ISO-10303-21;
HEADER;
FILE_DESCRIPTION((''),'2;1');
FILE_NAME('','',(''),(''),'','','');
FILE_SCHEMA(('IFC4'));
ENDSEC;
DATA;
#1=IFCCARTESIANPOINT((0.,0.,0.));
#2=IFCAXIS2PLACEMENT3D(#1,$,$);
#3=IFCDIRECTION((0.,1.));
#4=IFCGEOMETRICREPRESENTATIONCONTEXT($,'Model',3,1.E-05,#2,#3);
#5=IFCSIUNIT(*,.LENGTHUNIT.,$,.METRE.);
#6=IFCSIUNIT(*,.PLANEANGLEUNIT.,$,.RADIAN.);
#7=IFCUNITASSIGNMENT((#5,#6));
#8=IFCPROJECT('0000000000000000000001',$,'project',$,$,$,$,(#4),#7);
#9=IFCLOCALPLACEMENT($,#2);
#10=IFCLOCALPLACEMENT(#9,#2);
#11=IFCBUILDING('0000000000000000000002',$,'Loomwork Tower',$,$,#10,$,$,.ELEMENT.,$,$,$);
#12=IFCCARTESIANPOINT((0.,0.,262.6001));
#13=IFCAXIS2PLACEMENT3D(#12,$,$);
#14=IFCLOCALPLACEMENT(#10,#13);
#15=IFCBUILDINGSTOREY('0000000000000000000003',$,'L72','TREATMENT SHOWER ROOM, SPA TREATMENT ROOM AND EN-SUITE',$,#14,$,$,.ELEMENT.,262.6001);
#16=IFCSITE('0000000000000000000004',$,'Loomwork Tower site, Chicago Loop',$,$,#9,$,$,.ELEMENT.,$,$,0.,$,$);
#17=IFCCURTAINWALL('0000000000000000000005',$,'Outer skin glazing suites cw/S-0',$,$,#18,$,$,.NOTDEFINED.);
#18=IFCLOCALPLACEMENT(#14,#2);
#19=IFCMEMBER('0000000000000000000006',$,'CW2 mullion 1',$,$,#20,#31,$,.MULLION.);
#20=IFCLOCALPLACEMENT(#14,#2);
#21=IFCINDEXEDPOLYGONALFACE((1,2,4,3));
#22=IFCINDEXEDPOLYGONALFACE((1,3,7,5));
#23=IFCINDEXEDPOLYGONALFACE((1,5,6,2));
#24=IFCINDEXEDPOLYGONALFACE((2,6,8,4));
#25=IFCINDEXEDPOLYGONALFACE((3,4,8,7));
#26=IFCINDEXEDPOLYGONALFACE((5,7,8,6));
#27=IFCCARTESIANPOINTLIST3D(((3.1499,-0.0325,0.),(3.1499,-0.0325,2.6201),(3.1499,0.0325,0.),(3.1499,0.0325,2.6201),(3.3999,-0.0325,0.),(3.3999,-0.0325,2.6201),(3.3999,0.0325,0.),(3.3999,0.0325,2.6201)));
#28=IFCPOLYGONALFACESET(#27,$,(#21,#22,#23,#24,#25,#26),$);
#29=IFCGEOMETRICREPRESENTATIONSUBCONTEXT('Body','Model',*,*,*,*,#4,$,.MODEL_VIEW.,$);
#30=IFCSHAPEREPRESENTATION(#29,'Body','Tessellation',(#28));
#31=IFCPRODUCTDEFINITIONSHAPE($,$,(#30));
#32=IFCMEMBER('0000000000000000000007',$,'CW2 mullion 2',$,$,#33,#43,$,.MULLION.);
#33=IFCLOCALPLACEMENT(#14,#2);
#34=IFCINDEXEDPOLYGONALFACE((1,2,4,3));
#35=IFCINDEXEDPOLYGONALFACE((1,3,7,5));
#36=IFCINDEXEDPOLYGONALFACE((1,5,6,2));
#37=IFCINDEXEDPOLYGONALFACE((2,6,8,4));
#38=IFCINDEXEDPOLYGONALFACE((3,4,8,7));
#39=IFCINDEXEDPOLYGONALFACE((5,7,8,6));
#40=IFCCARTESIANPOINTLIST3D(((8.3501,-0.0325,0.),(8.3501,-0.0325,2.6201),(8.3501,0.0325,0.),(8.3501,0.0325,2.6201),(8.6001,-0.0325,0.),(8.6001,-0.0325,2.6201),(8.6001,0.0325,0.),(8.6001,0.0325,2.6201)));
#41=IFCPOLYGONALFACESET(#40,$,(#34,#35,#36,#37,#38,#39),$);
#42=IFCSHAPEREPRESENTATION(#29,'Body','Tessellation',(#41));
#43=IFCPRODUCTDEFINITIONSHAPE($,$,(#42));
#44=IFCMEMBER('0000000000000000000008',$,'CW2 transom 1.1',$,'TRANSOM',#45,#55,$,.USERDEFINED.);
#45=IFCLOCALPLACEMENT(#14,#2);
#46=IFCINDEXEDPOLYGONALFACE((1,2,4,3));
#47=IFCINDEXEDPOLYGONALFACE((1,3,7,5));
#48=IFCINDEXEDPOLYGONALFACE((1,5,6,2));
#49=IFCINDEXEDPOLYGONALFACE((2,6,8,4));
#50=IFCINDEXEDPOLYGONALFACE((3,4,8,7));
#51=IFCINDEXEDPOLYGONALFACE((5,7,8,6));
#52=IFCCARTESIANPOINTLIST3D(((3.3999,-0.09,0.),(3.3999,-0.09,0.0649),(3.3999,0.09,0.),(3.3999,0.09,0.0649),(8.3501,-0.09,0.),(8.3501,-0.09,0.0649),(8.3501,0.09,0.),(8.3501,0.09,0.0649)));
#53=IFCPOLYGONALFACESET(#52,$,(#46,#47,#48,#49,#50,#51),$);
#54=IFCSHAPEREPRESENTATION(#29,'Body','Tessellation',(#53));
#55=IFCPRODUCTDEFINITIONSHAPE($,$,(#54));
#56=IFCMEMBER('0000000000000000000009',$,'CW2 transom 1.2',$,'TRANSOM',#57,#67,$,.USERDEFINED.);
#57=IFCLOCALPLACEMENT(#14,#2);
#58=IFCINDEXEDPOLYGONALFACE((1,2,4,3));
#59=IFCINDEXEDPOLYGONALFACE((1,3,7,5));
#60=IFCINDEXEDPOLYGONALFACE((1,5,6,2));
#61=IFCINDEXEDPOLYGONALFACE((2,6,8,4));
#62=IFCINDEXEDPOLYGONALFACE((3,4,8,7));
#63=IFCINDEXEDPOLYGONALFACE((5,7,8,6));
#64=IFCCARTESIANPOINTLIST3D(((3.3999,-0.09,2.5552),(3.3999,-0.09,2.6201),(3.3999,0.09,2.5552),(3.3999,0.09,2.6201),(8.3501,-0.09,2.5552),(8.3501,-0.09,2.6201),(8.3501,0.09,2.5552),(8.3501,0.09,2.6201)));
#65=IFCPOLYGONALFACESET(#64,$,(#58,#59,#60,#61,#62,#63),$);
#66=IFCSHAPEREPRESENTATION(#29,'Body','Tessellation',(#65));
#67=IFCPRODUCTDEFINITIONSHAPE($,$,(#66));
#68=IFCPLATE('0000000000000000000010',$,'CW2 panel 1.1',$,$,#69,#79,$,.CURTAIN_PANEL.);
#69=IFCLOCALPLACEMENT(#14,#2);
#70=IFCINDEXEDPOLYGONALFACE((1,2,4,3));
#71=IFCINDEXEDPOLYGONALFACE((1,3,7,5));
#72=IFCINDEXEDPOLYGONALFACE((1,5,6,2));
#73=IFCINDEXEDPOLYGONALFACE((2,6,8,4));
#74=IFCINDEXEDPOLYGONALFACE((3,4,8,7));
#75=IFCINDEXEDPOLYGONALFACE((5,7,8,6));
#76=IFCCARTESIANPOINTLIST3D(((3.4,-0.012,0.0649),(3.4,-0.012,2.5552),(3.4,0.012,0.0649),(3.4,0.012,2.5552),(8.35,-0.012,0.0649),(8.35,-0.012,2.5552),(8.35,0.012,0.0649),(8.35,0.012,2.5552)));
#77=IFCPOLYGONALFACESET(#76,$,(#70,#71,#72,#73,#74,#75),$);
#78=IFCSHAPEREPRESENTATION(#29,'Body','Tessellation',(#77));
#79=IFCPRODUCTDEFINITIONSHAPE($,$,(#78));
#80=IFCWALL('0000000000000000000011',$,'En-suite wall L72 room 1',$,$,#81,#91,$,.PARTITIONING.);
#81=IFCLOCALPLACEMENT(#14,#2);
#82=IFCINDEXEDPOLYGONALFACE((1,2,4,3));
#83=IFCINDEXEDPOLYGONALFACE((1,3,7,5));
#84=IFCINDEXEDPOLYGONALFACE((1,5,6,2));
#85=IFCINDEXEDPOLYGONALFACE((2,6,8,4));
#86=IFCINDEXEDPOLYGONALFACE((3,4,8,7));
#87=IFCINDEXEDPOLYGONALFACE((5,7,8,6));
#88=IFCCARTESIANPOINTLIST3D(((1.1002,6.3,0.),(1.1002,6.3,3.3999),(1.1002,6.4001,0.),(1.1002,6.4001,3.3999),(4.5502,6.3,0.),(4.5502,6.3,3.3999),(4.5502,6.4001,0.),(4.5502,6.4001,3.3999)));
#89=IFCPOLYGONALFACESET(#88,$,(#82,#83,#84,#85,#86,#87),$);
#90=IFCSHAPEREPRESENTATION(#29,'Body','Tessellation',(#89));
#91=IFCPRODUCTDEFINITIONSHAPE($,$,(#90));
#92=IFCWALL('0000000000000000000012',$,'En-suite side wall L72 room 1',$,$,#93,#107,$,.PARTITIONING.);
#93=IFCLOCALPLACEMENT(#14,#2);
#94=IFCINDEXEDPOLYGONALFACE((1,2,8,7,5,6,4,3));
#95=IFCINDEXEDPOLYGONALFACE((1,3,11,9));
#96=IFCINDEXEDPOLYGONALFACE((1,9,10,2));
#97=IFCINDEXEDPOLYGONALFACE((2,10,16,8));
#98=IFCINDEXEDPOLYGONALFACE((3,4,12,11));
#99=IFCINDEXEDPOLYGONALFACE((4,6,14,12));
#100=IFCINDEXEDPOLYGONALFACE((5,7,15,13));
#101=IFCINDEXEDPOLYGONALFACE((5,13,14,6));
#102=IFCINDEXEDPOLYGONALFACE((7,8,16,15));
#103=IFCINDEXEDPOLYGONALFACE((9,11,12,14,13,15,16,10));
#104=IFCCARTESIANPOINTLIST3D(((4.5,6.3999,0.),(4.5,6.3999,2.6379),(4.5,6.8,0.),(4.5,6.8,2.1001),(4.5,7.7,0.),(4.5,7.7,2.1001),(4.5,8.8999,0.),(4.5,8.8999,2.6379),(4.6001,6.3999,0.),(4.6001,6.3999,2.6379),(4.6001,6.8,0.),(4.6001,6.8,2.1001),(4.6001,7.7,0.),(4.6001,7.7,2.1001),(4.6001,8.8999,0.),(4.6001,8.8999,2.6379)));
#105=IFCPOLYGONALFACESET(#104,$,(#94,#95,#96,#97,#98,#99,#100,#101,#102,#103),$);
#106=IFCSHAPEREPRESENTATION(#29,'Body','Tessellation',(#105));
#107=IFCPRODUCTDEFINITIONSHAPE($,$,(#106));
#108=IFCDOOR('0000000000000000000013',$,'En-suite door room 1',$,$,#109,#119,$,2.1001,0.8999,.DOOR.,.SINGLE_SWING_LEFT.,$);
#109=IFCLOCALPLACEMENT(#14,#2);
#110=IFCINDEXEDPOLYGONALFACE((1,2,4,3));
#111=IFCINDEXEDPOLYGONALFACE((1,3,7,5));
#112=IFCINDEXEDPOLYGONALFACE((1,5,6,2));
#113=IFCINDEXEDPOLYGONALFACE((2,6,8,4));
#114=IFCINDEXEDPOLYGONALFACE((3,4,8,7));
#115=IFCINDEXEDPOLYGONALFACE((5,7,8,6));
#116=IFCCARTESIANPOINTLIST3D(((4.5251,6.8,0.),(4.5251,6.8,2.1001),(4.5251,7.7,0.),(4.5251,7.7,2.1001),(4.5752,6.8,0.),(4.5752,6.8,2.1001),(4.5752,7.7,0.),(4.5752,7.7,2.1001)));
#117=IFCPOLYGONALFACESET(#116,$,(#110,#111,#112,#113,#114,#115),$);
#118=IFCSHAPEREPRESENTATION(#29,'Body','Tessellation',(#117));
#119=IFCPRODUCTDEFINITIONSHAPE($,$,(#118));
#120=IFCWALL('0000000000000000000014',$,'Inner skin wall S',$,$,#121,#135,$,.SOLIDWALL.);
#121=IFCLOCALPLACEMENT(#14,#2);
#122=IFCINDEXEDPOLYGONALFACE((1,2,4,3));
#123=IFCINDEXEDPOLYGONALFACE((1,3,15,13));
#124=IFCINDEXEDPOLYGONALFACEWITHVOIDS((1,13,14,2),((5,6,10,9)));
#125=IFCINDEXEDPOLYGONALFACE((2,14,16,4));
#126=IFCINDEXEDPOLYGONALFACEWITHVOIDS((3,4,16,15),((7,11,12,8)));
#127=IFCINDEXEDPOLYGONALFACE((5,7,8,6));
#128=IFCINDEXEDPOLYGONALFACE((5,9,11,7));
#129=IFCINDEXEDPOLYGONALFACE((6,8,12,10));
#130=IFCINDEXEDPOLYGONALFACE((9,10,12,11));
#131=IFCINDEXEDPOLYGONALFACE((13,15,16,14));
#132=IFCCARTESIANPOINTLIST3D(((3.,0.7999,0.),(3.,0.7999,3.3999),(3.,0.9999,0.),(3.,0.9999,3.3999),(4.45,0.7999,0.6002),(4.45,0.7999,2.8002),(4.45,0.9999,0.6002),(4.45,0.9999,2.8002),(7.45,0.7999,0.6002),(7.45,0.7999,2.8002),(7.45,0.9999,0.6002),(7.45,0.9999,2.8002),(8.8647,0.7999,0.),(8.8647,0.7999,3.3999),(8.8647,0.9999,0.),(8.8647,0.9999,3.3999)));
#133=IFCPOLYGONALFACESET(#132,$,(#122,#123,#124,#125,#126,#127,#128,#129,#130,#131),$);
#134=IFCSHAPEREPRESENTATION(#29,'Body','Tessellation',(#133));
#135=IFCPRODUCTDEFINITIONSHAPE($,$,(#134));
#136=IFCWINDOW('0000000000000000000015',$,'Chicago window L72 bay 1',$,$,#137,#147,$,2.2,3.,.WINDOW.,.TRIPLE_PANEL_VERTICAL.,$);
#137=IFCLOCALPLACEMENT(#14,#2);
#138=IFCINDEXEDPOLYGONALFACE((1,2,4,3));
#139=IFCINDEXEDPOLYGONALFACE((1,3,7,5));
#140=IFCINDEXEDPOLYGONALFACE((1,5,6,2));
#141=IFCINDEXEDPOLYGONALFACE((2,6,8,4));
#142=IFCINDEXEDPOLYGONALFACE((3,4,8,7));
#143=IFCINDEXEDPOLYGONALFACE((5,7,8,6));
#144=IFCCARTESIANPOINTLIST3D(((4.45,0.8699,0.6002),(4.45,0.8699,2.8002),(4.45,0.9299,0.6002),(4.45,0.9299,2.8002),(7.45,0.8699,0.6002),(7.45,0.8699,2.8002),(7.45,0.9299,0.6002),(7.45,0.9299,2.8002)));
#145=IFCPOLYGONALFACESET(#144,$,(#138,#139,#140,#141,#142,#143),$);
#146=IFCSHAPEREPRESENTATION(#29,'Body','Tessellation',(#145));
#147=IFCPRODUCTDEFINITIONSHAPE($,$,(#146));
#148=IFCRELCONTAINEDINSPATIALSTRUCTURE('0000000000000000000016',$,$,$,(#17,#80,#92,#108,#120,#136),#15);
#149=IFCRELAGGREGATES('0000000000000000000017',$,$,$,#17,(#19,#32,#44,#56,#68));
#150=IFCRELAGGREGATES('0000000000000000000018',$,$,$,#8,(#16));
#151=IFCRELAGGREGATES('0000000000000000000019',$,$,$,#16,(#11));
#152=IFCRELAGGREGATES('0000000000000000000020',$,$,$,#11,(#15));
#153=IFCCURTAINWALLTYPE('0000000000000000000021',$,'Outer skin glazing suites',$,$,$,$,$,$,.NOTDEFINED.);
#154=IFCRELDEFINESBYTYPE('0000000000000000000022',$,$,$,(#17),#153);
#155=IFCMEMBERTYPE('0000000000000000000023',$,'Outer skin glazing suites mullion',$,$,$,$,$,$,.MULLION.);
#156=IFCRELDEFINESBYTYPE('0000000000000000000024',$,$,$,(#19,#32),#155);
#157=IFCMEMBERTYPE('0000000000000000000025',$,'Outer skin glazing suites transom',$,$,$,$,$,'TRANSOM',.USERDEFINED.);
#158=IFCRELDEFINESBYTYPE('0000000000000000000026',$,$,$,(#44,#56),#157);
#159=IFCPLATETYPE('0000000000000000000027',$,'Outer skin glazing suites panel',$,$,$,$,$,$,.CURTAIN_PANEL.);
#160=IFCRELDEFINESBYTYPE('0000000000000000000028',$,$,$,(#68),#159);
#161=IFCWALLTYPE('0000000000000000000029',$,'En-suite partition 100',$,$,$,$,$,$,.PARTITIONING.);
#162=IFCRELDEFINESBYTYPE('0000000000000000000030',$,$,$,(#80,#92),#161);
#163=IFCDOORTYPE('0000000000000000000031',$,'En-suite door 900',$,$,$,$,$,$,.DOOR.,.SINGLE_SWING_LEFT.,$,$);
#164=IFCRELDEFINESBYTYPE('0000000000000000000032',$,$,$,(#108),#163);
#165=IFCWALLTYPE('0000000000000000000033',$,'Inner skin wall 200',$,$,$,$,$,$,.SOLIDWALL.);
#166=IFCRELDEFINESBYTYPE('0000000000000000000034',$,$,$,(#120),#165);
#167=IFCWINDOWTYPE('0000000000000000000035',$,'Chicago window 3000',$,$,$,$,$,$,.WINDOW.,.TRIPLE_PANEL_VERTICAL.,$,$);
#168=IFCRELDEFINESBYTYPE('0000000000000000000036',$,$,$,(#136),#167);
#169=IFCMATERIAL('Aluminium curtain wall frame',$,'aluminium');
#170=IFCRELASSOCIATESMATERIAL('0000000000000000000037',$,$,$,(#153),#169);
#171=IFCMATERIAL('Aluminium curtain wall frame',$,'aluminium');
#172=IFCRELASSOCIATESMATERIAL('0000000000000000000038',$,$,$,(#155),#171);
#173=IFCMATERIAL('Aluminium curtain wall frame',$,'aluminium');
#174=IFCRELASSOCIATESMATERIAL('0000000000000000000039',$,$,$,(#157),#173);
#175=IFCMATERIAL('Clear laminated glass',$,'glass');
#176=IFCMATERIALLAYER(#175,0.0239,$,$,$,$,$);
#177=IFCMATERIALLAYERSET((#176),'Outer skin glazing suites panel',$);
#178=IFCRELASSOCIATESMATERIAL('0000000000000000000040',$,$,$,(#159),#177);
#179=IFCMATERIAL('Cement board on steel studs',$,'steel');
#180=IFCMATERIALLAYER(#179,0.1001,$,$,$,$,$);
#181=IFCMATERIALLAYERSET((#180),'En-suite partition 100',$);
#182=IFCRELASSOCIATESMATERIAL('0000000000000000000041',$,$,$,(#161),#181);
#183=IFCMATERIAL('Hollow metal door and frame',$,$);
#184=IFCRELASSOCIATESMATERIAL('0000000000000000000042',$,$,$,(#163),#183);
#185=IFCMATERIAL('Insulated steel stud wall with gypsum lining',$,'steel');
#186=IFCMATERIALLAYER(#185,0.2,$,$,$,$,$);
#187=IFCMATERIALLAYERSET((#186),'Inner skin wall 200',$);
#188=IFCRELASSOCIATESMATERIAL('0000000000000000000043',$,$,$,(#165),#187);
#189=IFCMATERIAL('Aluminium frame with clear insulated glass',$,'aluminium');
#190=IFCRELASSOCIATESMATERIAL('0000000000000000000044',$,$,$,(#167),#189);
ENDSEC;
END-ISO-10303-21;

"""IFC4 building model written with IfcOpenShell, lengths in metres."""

from ifc_helpers import new_model, si_unit, direction, frame, frame_2d, origin, origin_2d, place, context, subcontext, project, spatial, rectangle, extrude, material, layer, layer_set, material_profile, profile_set, type_object, element, fill, aggregate, save


model = new_model("IFC4")

# Units and contexts
model_context = context("Model", 3, precision=1e-05, world=origin(), true_north=direction((0.0, 1.0)))
body_context = subcontext(model_context, "Body", "Model", "MODEL_VIEW")
ifc_project = project(units=[si_unit("LENGTHUNIT", "METRE"), si_unit("PLANEANGLEUNIT", "RADIAN")], contexts=[model_context])

# Site, building, storey
site_placement = place(None, origin())
site = spatial("IfcSite", under=ifc_project, at=site_placement, Name="Loomwork Tower site, Chicago Loop", CompositionType="ELEMENT", RefElevation=0.0)
building_placement = place(site_placement, origin())
building = spatial("IfcBuilding", under=site, at=building_placement, Name="Loomwork Tower", CompositionType="ELEMENT")
storey_placement = place(building_placement, frame((0.0, 0.0, 262.6001)))
storey = spatial("IfcBuildingStorey", under=building, at=storey_placement, Name="L72", Description="TREATMENT SHOWER ROOM, SPA TREATMENT ROOM AND EN-SUITE", CompositionType="ELEMENT", Elevation=262.6001)

# Curtain wall, members, plate
ifc_material_1 = material(Name="Aluminium curtain wall frame", Category="aluminium")
curtain_wall_type = type_object("IfcCurtainWallType", Name="Outer skin glazing suites", PredefinedType="NOTDEFINED", material=ifc_material_1)
curtain_wall_placement = place(storey_placement, origin())
curtain_wall = element("IfcCurtainWall", 1, at=curtain_wall_placement, inside=storey, type_object=curtain_wall_type, Name="Outer skin glazing suites cw/S-0", PredefinedType="NOTDEFINED")
ifc_material_2 = material(Name="Aluminium curtain wall frame", Category="aluminium")
ifc_material_profile_1 = material_profile(ifc_material_2, rectangle(XDim=0.0649, YDim=0.25, at=origin_2d()), Name="AL 65x250")
ifc_profile_set_1 = profile_set([ifc_material_profile_1], Name="Aluminium curtain wall frame")
member_type_1 = type_object("IfcMemberType", Name="Outer skin glazing suites mullion", PredefinedType="MULLION", material=ifc_profile_set_1)
member_1_placement = place(storey_placement, frame((3.2749, 0.0, 0.0), z_axis=(0.0, 0.0, 1.0), x_axis=(0.0, 1.0, 0.0)))
member_1 = element("IfcMember", 2, at=member_1_placement, type_object=member_type_1, Name="CW2 mullion 1", PredefinedType="MULLION", context=body_context, shape_type="SweptSolid", body=[
    extrude(rectangle(XDim=0.0649, YDim=0.25, at=origin_2d()), origin(), (0.0, 0.0, 1.0), 2.6201),
])
member_2_placement = place(storey_placement, frame((8.4751, 0.0, 0.0), z_axis=(0.0, 0.0, 1.0), x_axis=(0.0, 1.0, 0.0)))
member_2 = element("IfcMember", 3, at=member_2_placement, type_object=member_type_1, Name="CW2 mullion 2", PredefinedType="MULLION", context=body_context, shape_type="SweptSolid", body=[
    extrude(rectangle(XDim=0.0649, YDim=0.25, at=origin_2d()), origin(), (0.0, 0.0, 1.0), 2.6201),
])
ifc_material_3 = material(Name="Aluminium curtain wall frame", Category="aluminium")
ifc_material_profile_2 = material_profile(ifc_material_3, rectangle(XDim=0.1799, YDim=0.0649, at=origin_2d()), Name="AL 65x180")
ifc_profile_set_2 = profile_set([ifc_material_profile_2], Name="Aluminium curtain wall frame")
member_type_2 = type_object("IfcMemberType", Name="Outer skin glazing suites transom", ElementType="TRANSOM", PredefinedType="USERDEFINED", material=ifc_profile_set_2)
member_3_placement = place(storey_placement, frame((3.3999, 0.0, 0.0325), z_axis=(1.0, 0.0, 0.0), x_axis=(0.0, 1.0, 0.0)))
member_3 = element("IfcMember", 4, at=member_3_placement, type_object=member_type_2, Name="CW2 transom 1.1", ObjectType="TRANSOM", PredefinedType="USERDEFINED", context=body_context, shape_type="SweptSolid", body=[
    extrude(rectangle(XDim=0.1799, YDim=0.0649, at=origin_2d()), origin(), (0.0, 0.0, 1.0), 4.9502),
])
member_4_placement = place(storey_placement, frame((3.3999, 0.0, 2.5876), z_axis=(1.0, 0.0, 0.0), x_axis=(0.0, 1.0, 0.0)))
member_4 = element("IfcMember", 5, at=member_4_placement, type_object=member_type_2, Name="CW2 transom 1.2", ObjectType="TRANSOM", PredefinedType="USERDEFINED", context=body_context, shape_type="SweptSolid", body=[
    extrude(rectangle(XDim=0.1799, YDim=0.0649, at=origin_2d()), origin(), (0.0, 0.0, 1.0), 4.9502),
])
ifc_material_4 = material(Name="Clear laminated glass", Category="glass")
ifc_layer_1 = layer(ifc_material_4, 0.0239)
ifc_layer_set_1 = layer_set([ifc_layer_1], Name="Outer skin glazing suites panel")
plate_type = type_object("IfcPlateType", Name="Outer skin glazing suites panel", PredefinedType="CURTAIN_PANEL", material=ifc_layer_set_1)
plate_placement = place(storey_placement, frame((5.875, 0.0, 0.0649), z_axis=(0.0, 0.0, 1.0), x_axis=(1.0, 0.0, 0.0)))
plate = element("IfcPlate", 6, at=plate_placement, type_object=plate_type, Name="CW2 panel 1.1", PredefinedType="CURTAIN_PANEL", context=body_context, shape_type="SweptSolid", body=[
    extrude(rectangle(XDim=4.95, YDim=0.0239, at=origin_2d()), origin(), (0.0, 0.0, 1.0), 2.4902),
])
aggregate(curtain_wall, [member_1, member_2, member_3, member_4, plate])

# Wall
ifc_material_5 = material(Name="Cement board on steel studs", Category="steel")
ifc_layer_2 = layer(ifc_material_5, 0.1001)
ifc_layer_set_2 = layer_set([ifc_layer_2], Name="En-suite partition 100")
wall_type_1 = type_object("IfcWallType", Name="En-suite partition 100", PredefinedType="PARTITIONING", material=ifc_layer_set_2)
wall_1_placement = place(storey_placement, frame((1.1001, 6.3501, 0.0), z_axis=(0.0, 0.0, 1.0), x_axis=(1.0, 0.0, 0.0)))
element("IfcWall", 7, at=wall_1_placement, inside=storey, type_object=wall_type_1, Name="En-suite wall L72 room 1", PredefinedType="PARTITIONING", context=body_context, shape_type="SweptSolid", body=[
    extrude(rectangle(XDim=3.45, YDim=0.1001, at=frame_2d((1.7251, 0.0))), origin(), (0.0, 0.0, 1.0), 3.3999),
])

# Wall, opening, door
wall_2_placement = place(storey_placement, frame((4.55, 8.8999, 0.0), z_axis=(0.0, 0.0, 1.0), x_axis=(0.0, -1.0, 0.0)))
wall_2 = element("IfcWall", 8, at=wall_2_placement, inside=storey, type_object=wall_type_1, Name="En-suite side wall L72 room 1", PredefinedType="PARTITIONING", context=body_context, shape_type="SweptSolid", body=[
    extrude(rectangle(XDim=2.5, YDim=0.1001, at=frame_2d((1.25, 0.0))), origin(), (0.0, 0.0, 1.0), 2.6379),
])
opening_1_placement = place(wall_2_placement, frame((1.2, 0.0, 0.0)))
opening_1 = element("IfcOpeningElement", 9, at=opening_1_placement, cuts=wall_2, PredefinedType="OPENING", context=body_context, shape_type="SweptSolid", body=[
    extrude(rectangle(XDim=0.8999, YDim=2.1001, at=frame_2d((0.45, 1.05))), frame((0.0, 0.0601, 0.0), z_axis=(0.0, -1.0, 0.0), x_axis=(1.0, 0.0, 0.0)), (0.0, 0.0, 1.0), 0.1201),
])
ifc_material_6 = material(Name="Hollow metal door and frame")
door_type = type_object("IfcDoorType", Name="En-suite door 900", OperationType="SINGLE_SWING_LEFT", PredefinedType="DOOR", material=ifc_material_6)
door_placement = place(opening_1_placement, frame((0.8999, 0.0, 0.0), z_axis=(0.0, 0.0, 1.0), x_axis=(-1.0, 0.0, 0.0)))
door = element("IfcDoor", 10, at=door_placement, inside=storey, type_object=door_type, Name="En-suite door room 1", OperationType="SINGLE_SWING_LEFT", OverallHeight=2.1001, OverallWidth=0.8999, PredefinedType="DOOR", context=body_context, shape_type="SweptSolid", body=[
    extrude(rectangle(XDim=0.8999, YDim=2.1001, at=frame_2d((0.45, 1.05))), frame((0.0, 0.0249, 0.0), z_axis=(0.0, -1.0, 0.0), x_axis=(1.0, 0.0, 0.0)), (0.0, 0.0, 1.0), 0.05),
])
fill(opening_1, door)

# Wall, opening, window
ifc_material_7 = material(Name="Insulated steel stud wall with gypsum lining", Category="steel")
ifc_layer_3 = layer(ifc_material_7, 0.2)
ifc_layer_set_3 = layer_set([ifc_layer_3], Name="Inner skin wall 200")
wall_type_2 = type_object("IfcWallType", Name="Inner skin wall 200", PredefinedType="SOLIDWALL", material=ifc_layer_set_3)
wall_3_placement = place(storey_placement, frame((3.0, 0.8999, 0.0), z_axis=(0.0, 0.0, 1.0), x_axis=(1.0, 0.0, 0.0)))
wall_3 = element("IfcWall", 11, at=wall_3_placement, inside=storey, type_object=wall_type_2, Name="Inner skin wall S", PredefinedType="SOLIDWALL", context=body_context, shape_type="SweptSolid", body=[
    extrude(rectangle(XDim=5.8647, YDim=0.2, at=frame_2d((2.9324, 0.0))), origin(), (0.0, 0.0, 1.0), 3.3999),
])
opening_2_placement = place(wall_3_placement, frame((1.45, 0.0, 0.6001)))
opening_2 = element("IfcOpeningElement", 12, at=opening_2_placement, cuts=wall_3, PredefinedType="OPENING", context=body_context, shape_type="SweptSolid", body=[
    extrude(rectangle(XDim=3.0, YDim=2.2, at=frame_2d((1.5, 1.1001))), frame((0.0, 0.1099, 0.0), z_axis=(0.0, -1.0, 0.0), x_axis=(1.0, 0.0, 0.0)), (0.0, 0.0, 1.0), 0.22),
])
ifc_material_8 = material(Name="Aluminium frame with clear insulated glass", Category="aluminium")
window_type_1 = type_object("IfcWindowType", Name="Chicago window 3000", PartitioningType="TRIPLE_PANEL_VERTICAL", PredefinedType="WINDOW", material=ifc_material_8)
window_1_placement = place(opening_2_placement, origin())
window_1 = element("IfcWindow", 13, at=window_1_placement, inside=storey, type_object=window_type_1, Name="Chicago window L72 bay 1", OverallHeight=2.2, OverallWidth=3.0, PartitioningType="TRIPLE_PANEL_VERTICAL", PredefinedType="WINDOW", context=body_context, shape_type="SweptSolid", body=[
    extrude(rectangle(XDim=3.0, YDim=2.2, at=frame_2d((1.5, 1.1001))), frame((0.0, 0.03, 0.0), z_axis=(0.0, -1.0, 0.0), x_axis=(1.0, 0.0, 0.0)), (0.0, 0.0, 1.0), 0.0601),
])
fill(opening_2, window_1)

save(model, "model.ifc")
